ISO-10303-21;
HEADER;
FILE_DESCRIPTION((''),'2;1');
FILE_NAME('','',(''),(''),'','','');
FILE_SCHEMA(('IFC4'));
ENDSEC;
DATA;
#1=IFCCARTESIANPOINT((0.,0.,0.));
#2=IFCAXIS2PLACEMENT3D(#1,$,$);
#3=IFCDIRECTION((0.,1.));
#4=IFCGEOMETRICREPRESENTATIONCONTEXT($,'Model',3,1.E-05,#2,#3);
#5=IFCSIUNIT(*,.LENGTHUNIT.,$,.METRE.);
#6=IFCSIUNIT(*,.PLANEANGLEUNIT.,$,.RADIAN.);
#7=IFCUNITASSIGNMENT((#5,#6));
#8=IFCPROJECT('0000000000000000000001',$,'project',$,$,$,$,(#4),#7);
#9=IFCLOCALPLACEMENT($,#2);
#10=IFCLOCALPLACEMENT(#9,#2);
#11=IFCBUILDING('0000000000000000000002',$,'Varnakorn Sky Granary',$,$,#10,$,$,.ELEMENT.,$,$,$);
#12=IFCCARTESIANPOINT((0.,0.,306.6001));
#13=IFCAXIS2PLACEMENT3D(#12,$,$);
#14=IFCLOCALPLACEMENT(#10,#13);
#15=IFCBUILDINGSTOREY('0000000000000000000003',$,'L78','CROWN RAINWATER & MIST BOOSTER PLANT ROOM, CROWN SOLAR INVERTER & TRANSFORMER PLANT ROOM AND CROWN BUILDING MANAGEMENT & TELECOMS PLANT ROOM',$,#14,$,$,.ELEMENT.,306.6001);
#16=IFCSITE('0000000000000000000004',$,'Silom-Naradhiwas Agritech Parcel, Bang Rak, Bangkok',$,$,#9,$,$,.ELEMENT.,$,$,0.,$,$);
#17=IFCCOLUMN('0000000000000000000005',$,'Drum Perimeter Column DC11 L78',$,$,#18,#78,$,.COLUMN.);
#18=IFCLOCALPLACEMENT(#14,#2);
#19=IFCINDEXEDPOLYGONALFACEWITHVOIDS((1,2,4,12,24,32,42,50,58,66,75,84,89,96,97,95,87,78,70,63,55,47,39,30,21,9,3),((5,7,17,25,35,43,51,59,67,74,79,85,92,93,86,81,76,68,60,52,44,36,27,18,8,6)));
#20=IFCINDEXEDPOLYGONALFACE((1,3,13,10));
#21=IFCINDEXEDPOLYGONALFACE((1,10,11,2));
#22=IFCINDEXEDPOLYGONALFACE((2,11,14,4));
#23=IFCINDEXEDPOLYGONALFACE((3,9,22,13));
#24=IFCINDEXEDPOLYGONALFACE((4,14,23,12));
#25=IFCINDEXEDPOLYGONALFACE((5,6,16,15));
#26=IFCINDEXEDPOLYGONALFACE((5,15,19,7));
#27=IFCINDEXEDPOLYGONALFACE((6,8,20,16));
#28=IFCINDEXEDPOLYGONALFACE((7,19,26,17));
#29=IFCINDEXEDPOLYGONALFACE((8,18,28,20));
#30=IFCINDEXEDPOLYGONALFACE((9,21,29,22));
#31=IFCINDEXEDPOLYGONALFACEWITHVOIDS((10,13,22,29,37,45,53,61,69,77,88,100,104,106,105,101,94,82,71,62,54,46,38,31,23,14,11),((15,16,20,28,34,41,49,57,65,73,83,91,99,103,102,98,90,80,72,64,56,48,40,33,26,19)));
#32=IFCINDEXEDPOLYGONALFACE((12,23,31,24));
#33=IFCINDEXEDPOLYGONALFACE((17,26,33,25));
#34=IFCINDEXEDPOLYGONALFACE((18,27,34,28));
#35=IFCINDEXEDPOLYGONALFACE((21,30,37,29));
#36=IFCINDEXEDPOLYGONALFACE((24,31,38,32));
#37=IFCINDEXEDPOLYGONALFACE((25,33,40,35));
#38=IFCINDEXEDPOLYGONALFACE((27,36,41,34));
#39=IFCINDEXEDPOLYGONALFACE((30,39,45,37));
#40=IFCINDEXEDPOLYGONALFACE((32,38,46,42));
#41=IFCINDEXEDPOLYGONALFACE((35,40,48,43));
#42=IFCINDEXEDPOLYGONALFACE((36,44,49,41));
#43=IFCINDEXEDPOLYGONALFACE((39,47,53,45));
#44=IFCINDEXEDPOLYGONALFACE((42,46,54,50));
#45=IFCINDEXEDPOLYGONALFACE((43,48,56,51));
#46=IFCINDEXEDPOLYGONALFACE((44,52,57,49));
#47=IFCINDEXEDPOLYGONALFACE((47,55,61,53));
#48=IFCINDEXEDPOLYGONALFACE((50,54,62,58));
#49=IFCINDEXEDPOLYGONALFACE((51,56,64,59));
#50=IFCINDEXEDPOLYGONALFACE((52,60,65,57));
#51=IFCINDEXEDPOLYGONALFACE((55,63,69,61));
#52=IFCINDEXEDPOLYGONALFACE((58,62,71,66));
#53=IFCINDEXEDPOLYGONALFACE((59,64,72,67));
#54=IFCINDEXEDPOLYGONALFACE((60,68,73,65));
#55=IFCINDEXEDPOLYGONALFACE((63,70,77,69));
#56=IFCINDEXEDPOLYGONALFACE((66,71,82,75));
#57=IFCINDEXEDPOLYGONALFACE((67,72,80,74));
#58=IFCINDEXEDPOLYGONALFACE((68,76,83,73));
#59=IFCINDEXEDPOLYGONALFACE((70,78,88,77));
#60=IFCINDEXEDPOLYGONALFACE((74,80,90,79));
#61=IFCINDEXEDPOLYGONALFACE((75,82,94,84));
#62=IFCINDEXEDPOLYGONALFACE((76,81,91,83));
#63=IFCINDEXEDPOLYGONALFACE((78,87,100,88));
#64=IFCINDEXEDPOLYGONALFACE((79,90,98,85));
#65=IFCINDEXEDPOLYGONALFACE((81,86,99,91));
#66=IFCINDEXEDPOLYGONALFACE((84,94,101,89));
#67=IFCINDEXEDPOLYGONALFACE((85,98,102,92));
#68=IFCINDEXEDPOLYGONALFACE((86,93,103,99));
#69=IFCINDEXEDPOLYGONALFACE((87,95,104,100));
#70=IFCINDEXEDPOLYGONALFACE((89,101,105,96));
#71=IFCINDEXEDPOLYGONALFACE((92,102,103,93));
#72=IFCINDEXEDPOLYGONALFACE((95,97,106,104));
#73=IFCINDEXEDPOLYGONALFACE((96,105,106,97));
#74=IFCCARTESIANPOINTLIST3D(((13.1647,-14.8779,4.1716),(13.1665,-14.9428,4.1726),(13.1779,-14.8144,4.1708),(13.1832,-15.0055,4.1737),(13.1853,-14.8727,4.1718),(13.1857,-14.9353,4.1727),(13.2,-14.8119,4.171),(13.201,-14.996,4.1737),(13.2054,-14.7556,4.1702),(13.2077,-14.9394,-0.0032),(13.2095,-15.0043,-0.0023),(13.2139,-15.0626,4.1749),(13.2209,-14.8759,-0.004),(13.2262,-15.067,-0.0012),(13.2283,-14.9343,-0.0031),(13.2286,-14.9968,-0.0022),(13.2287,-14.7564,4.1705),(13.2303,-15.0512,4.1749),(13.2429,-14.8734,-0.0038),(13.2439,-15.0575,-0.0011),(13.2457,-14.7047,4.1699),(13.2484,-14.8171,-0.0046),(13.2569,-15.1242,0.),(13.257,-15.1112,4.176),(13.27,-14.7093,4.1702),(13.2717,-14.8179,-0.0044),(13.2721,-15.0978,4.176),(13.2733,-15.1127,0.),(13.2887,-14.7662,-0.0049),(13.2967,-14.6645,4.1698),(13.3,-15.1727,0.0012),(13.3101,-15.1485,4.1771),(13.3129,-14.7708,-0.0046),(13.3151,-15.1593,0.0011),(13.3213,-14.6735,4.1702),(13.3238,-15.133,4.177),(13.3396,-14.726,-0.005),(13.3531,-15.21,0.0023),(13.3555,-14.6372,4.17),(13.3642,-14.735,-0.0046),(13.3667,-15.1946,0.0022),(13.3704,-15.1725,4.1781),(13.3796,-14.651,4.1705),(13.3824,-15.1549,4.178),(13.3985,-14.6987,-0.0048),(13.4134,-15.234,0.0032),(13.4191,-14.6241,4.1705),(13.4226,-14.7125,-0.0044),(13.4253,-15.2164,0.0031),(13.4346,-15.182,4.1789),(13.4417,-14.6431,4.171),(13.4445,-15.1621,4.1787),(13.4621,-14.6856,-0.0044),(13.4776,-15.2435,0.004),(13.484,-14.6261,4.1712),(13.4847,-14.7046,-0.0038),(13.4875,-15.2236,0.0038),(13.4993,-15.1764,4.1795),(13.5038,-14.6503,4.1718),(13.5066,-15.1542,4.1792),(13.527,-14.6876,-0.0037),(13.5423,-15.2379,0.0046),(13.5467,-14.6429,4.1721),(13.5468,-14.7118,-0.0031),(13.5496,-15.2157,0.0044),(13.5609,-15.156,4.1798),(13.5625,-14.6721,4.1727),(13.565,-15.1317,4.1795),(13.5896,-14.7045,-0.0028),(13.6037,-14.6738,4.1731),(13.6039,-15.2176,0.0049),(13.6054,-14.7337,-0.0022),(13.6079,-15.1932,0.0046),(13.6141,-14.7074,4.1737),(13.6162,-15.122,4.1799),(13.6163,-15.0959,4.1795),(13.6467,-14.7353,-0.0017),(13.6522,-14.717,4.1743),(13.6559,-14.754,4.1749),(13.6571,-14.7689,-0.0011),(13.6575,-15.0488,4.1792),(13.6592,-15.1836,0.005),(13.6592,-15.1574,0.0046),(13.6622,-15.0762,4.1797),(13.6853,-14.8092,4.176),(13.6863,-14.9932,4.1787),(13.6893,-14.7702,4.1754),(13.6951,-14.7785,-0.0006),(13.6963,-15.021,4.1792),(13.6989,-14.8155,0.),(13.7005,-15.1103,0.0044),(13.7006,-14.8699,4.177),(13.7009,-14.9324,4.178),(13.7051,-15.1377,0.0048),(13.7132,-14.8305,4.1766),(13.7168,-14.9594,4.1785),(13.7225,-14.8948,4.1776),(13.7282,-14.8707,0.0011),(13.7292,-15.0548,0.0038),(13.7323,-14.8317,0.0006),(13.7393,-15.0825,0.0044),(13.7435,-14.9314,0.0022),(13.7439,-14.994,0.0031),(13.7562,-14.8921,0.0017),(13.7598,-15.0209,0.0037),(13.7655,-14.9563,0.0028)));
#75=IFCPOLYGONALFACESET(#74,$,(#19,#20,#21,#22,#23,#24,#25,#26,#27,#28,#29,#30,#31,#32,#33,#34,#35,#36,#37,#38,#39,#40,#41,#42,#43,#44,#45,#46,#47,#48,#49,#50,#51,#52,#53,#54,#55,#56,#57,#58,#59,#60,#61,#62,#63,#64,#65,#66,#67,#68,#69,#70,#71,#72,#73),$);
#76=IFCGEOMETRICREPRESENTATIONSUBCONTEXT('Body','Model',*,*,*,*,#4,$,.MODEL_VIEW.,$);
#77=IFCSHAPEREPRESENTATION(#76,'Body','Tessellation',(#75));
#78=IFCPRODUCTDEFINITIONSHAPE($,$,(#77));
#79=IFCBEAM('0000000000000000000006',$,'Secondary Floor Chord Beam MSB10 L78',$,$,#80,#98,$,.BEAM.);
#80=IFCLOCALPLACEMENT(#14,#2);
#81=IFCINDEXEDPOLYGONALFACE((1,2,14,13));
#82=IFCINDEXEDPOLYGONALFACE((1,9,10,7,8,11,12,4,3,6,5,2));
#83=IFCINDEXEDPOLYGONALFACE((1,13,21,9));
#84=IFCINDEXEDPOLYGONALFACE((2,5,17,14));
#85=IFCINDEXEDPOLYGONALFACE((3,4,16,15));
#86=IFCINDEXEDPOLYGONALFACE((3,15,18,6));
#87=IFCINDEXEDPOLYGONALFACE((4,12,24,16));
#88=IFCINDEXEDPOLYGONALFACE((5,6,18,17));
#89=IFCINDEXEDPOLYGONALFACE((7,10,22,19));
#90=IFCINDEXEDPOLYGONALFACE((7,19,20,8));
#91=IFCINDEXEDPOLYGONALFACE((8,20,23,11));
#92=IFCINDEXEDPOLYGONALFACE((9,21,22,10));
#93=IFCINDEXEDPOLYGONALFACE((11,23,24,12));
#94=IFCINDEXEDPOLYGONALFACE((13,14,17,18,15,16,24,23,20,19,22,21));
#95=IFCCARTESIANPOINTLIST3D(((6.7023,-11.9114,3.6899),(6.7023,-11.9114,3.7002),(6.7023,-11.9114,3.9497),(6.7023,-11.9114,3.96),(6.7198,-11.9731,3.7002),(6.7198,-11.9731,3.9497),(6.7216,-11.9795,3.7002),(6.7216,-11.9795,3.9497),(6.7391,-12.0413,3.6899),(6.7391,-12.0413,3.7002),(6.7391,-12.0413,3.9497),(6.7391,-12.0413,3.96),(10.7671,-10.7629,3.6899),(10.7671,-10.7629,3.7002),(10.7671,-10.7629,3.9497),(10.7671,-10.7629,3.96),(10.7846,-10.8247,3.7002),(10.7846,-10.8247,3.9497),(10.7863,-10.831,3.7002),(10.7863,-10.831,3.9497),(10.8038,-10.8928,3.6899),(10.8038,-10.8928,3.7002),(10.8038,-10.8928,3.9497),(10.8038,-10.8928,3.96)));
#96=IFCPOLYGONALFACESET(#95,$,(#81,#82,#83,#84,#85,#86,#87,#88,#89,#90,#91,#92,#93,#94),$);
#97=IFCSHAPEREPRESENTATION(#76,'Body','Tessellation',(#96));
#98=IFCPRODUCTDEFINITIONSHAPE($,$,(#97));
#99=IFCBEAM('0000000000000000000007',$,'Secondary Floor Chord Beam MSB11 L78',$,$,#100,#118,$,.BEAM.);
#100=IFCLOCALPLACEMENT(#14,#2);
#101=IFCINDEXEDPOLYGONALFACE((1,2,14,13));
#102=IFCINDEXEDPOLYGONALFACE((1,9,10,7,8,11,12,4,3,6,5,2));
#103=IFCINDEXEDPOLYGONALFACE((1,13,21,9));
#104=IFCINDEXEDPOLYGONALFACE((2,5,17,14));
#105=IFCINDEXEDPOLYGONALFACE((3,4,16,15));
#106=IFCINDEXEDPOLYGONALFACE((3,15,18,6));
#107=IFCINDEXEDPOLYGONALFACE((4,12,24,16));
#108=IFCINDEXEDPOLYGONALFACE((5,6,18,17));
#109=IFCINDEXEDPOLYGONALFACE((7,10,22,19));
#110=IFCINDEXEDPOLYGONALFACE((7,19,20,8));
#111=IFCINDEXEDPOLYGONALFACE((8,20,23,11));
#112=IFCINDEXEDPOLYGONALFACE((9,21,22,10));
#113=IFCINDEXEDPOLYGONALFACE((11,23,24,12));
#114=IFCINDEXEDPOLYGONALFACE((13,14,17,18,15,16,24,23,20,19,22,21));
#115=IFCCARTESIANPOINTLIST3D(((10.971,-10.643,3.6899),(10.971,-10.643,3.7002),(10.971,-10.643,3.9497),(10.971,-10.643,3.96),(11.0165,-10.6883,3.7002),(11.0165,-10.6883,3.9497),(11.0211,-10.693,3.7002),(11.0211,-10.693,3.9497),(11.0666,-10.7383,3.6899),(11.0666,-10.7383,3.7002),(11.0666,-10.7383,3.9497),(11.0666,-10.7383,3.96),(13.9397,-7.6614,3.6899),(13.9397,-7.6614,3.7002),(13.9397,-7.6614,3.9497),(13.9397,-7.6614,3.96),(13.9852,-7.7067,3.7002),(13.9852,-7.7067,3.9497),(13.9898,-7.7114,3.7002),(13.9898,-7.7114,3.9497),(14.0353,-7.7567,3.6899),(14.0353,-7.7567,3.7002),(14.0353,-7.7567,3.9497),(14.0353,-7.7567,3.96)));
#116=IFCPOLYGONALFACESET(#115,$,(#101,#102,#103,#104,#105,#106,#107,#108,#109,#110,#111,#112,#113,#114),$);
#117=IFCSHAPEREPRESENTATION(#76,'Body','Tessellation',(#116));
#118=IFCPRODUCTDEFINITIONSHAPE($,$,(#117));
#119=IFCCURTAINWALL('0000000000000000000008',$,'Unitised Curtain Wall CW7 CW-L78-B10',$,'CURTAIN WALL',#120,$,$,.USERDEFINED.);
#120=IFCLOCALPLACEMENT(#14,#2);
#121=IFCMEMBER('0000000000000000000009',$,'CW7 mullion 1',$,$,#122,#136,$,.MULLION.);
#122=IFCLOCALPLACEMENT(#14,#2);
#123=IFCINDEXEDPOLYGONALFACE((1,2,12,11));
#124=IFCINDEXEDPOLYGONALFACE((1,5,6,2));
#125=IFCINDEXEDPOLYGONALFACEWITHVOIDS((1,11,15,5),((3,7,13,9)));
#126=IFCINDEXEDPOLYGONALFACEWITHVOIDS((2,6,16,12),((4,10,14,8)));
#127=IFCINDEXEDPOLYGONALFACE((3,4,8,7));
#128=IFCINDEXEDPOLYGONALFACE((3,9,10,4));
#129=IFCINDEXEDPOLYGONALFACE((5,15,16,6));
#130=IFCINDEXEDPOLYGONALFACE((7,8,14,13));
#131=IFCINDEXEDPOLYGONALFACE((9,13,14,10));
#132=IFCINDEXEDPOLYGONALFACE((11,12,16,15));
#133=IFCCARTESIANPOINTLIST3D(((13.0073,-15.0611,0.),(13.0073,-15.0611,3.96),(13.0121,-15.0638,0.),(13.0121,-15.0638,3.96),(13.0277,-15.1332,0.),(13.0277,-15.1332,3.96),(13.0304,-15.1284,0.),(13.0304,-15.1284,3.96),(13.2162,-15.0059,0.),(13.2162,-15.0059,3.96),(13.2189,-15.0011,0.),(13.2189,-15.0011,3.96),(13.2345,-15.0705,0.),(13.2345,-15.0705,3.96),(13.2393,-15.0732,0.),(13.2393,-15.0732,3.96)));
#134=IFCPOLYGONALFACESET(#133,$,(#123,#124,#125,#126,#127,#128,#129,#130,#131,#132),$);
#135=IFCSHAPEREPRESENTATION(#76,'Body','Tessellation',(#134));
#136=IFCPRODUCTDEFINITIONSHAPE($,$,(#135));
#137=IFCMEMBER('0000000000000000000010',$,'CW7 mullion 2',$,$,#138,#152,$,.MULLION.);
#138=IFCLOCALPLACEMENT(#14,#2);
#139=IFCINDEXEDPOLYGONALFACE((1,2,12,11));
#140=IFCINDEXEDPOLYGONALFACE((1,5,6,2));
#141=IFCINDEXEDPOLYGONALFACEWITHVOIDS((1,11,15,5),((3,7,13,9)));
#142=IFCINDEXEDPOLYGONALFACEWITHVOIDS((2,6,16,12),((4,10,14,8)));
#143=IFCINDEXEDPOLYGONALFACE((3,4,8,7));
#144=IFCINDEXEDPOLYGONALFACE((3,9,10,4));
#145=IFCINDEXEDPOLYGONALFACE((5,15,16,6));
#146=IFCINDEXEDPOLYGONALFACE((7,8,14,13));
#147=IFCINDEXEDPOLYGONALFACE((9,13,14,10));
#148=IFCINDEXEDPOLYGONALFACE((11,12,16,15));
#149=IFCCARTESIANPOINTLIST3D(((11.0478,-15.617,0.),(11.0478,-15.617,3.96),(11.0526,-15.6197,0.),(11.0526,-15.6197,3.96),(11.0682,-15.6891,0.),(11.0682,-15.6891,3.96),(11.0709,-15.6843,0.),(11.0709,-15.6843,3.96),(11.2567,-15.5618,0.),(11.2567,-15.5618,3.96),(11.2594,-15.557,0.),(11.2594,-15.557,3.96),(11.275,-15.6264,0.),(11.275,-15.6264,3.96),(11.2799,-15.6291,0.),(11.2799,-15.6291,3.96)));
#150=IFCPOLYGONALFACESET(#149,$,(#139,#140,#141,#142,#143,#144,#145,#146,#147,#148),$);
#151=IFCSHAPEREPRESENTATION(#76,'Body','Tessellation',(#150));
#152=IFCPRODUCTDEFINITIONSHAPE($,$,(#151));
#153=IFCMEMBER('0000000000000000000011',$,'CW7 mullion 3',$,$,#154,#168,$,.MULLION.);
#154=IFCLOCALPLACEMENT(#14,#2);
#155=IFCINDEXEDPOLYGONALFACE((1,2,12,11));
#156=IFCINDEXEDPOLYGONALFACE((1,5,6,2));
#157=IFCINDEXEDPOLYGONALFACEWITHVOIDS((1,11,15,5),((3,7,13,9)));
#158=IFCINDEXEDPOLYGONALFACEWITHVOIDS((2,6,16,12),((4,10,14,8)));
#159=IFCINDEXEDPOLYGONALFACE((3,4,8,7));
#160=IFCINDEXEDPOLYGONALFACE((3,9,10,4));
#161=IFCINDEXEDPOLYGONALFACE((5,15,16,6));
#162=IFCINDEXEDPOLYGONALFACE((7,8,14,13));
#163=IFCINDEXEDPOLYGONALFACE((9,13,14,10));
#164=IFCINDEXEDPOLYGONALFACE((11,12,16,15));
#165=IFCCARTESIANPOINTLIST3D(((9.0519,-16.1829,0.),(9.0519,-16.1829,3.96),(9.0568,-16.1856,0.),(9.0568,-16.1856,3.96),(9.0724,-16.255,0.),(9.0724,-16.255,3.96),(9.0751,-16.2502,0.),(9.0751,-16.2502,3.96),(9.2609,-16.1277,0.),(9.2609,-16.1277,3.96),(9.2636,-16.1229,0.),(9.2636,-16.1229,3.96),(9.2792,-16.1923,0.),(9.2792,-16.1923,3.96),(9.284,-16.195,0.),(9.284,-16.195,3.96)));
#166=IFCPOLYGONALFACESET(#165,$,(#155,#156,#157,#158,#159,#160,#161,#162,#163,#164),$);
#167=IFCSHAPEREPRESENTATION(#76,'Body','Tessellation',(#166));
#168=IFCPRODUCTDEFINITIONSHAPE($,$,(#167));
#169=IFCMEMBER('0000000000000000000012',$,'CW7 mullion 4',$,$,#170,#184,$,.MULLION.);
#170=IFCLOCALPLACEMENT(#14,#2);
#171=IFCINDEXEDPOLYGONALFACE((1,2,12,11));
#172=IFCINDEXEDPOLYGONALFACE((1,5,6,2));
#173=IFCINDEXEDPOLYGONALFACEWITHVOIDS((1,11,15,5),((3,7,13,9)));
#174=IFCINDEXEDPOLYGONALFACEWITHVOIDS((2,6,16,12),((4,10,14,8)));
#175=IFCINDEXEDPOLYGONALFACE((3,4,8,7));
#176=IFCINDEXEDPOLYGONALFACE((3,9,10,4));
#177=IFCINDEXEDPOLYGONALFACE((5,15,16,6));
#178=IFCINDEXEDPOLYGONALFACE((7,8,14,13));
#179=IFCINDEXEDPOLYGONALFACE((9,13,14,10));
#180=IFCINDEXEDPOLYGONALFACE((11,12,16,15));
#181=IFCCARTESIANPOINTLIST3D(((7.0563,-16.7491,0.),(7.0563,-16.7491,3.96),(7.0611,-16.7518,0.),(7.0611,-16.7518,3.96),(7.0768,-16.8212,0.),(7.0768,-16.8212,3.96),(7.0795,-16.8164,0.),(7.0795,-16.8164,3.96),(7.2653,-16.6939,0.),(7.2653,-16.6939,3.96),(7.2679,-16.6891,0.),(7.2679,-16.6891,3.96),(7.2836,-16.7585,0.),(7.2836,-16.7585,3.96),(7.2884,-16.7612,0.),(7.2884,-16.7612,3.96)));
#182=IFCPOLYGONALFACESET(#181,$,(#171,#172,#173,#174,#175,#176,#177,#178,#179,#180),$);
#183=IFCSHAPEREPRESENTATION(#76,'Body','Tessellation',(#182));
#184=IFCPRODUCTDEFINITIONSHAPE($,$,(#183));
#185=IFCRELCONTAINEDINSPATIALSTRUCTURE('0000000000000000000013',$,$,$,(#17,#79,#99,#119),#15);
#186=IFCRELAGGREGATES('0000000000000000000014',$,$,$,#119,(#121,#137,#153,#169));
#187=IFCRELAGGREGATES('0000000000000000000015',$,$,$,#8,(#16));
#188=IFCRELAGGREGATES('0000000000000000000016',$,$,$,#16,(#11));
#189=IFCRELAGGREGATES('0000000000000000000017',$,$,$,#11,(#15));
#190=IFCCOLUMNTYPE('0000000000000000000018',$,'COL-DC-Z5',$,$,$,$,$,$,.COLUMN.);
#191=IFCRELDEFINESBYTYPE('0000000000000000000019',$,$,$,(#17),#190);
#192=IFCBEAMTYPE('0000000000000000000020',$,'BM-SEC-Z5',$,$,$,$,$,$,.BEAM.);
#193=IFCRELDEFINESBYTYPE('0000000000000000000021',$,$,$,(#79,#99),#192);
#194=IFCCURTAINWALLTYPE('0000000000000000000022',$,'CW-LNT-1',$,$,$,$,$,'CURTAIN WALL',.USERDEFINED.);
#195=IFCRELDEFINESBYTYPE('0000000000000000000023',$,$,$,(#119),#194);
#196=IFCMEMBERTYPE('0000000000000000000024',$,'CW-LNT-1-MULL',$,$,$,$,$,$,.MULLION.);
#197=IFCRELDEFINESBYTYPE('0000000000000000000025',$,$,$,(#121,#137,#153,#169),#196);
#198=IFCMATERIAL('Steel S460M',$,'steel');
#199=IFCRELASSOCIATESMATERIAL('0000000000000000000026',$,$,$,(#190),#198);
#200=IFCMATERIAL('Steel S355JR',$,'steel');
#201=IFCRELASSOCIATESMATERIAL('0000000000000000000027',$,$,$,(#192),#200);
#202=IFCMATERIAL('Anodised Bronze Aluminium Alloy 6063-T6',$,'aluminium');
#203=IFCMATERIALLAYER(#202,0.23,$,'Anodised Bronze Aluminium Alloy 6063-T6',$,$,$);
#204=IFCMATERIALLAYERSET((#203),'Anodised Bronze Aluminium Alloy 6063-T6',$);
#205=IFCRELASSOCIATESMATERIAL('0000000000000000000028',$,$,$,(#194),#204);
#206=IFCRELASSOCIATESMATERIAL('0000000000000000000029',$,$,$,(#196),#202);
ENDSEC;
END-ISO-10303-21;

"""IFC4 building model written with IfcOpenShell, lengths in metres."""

from ifc_helpers import new_model, si_unit, direction, frame, origin, origin_2d, place, context, subcontext, project, spatial, hollow_rectangle, hollow_circle, i_section, extrude, material, layer, layer_set, material_profile, profile_set, type_object, element, aggregate, save


model = new_model("IFC4")

# Units and contexts
model_context = context("Model", 3, precision=1e-05, world=origin(), true_north=direction((0.0, 1.0)))
body_context = subcontext(model_context, "Body", "Model", "MODEL_VIEW")
ifc_project = project(units=[si_unit("LENGTHUNIT", "METRE"), si_unit("PLANEANGLEUNIT", "RADIAN")], contexts=[model_context])

# Site, building, storey
site_placement = place(None, origin())
site = spatial("IfcSite", under=ifc_project, at=site_placement, Name="Silom-Naradhiwas Agritech Parcel, Bang Rak, Bangkok", CompositionType="ELEMENT", RefElevation=0.0)
building_placement = place(site_placement, origin())
building = spatial("IfcBuilding", under=site, at=building_placement, Name="Varnakorn Sky Granary", CompositionType="ELEMENT")
storey_placement = place(building_placement, frame((0.0, 0.0, 306.6001)))
storey = spatial("IfcBuildingStorey", under=building, at=storey_placement, Name="L78", Description="CROWN RAINWATER & MIST BOOSTER PLANT ROOM, CROWN SOLAR INVERTER & TRANSFORMER PLANT ROOM AND CROWN BUILDING MANAGEMENT & TELECOMS PLANT ROOM", CompositionType="ELEMENT", Elevation=306.6001)

# Column
ifc_material_1 = material(Name="Steel S460M", Category="steel")
ifc_material_profile_1 = material_profile(ifc_material_1, hollow_circle(Radius=0.2795, WallThickness=0.02, at=origin_2d()), Name="CHS 559x20")
ifc_profile_set_1 = profile_set([ifc_material_profile_1], Name="Steel S460M")
column_type = type_object("IfcColumnType", Name="COL-DC-Z5", PredefinedType="COLUMN", material=ifc_profile_set_1)
column_placement = place(storey_placement, frame((13.4861, -14.9641, 0.0), z_axis=(-0.010291, 0.014734, 0.999838), x_axis=(-0.819843, -0.572589, 0.0)))
element("IfcColumn", 1, at=column_placement, inside=storey, type_object=column_type, Name="Drum Perimeter Column DC11 L78", PredefinedType="COLUMN", context=body_context, shape_type="SweptSolid", body=[
    extrude(hollow_circle(Radius=0.2795, WallThickness=0.02, at=origin_2d()), origin(), (0.0, 0.0, 1.0), 4.1755),
])

# Beams
ifc_material_2 = material(Name="Steel S355JR", Category="steel")
ifc_material_profile_2 = material_profile(ifc_material_2, i_section(OverallWidth=0.135, OverallDepth=0.27, WebThickness=0.0066, FlangeThickness=0.0103, at=origin_2d()), Name="IPE 270")
ifc_profile_set_2 = profile_set([ifc_material_profile_2], Name="Steel S355JR")
beam_type = type_object("IfcBeamType", Name="BM-SEC-Z5", PredefinedType="BEAM", material=ifc_profile_set_2)
beam_1_placement = place(storey_placement, frame((6.7207, -11.9763, 3.825), z_axis=(0.962327, 0.271895, 0.0), x_axis=(-0.271895, 0.962327, 0.0)))
element("IfcBeam", 2, at=beam_1_placement, inside=storey, type_object=beam_type, Name="Secondary Floor Chord Beam MSB10 L78", PredefinedType="BEAM", context=body_context, shape_type="SweptSolid", body=[
    extrude(i_section(OverallWidth=0.135, OverallDepth=0.27, WebThickness=0.0066, FlangeThickness=0.0103, at=origin_2d()), origin(), (0.0, 0.0, 1.0), 4.2239),
])
beam_2_placement = place(storey_placement, frame((11.0188, -10.6907, 3.825), z_axis=(0.705567, 0.708643, 0.0), x_axis=(-0.708643, 0.705567, 0.0)))
element("IfcBeam", 3, at=beam_2_placement, inside=storey, type_object=beam_type, Name="Secondary Floor Chord Beam MSB11 L78", PredefinedType="BEAM", context=body_context, shape_type="SweptSolid", body=[
    extrude(i_section(OverallWidth=0.135, OverallDepth=0.27, WebThickness=0.0066, FlangeThickness=0.0103, at=origin_2d()), origin(), (0.0, 0.0, 1.0), 4.2075),
])

# Curtain wall, members
ifc_material_3 = material(Name="Anodised Bronze Aluminium Alloy 6063-T6", Category="aluminium")
ifc_layer_1 = layer(ifc_material_3, 0.23, Name="Anodised Bronze Aluminium Alloy 6063-T6")
ifc_layer_set_1 = layer_set([ifc_layer_1], Name="Anodised Bronze Aluminium Alloy 6063-T6")
curtain_wall_type = type_object("IfcCurtainWallType", Name="CW-LNT-1", ElementType="CURTAIN WALL", PredefinedType="USERDEFINED", material=ifc_layer_set_1)
curtain_wall_placement = place(storey_placement, origin())
curtain_wall = element("IfcCurtainWall", 4, at=curtain_wall_placement, inside=storey, type_object=curtain_wall_type, Name="Unitised Curtain Wall CW7 CW-L78-B10", ObjectType="CURTAIN WALL", PredefinedType="USERDEFINED")
ifc_material_profile_3 = material_profile(ifc_material_3, hollow_rectangle(XDim=0.075, YDim=0.22, WallThickness=0.0039, at=origin_2d()), Name="ALU MULL 75x220")
ifc_profile_set_3 = profile_set([ifc_material_profile_3], Name="Anodised Bronze Aluminium Alloy 6063-T6")
member_type_1 = type_object("IfcMemberType", Name="CW-LNT-1-MULL", PredefinedType="MULLION", material=ifc_profile_set_3)
member_1_placement = place(storey_placement, frame((13.1233, -15.0671, 0.0), z_axis=(0.0, 0.0, 1.0), x_axis=(0.272905, -0.962041, 0.0)))
member_1 = element("IfcMember", 5, at=member_1_placement, type_object=member_type_1, Name="CW7 mullion 1", PredefinedType="MULLION", context=body_context, shape_type="SweptSolid", body=[
    extrude(hollow_rectangle(XDim=0.075, YDim=0.22, WallThickness=0.0039, at=origin_2d()), origin(), (0.0, 0.0, 1.0), 3.96),
])
member_2_placement = place(storey_placement, frame((11.1638, -15.623, 0.0), z_axis=(0.0, 0.0, 1.0), x_axis=(0.272905, -0.962041, 0.0)))
member_2 = element("IfcMember", 6, at=member_2_placement, type_object=member_type_1, Name="CW7 mullion 2", PredefinedType="MULLION", context=body_context, shape_type="SweptSolid", body=[
    extrude(hollow_rectangle(XDim=0.075, YDim=0.22, WallThickness=0.0039, at=origin_2d()), origin(), (0.0, 0.0, 1.0), 3.96),
])
member_3_placement = place(storey_placement, frame((9.168, -16.189, 0.0), z_axis=(0.0, 0.0, 1.0), x_axis=(0.272905, -0.962041, 0.0)))
member_3 = element("IfcMember", 7, at=member_3_placement, type_object=member_type_1, Name="CW7 mullion 3", PredefinedType="MULLION", context=body_context, shape_type="SweptSolid", body=[
    extrude(hollow_rectangle(XDim=0.075, YDim=0.22, WallThickness=0.0039, at=origin_2d()), origin(), (0.0, 0.0, 1.0), 3.96),
])
member_4_placement = place(storey_placement, frame((7.1724, -16.7551, 0.0), z_axis=(0.0, 0.0, 1.0), x_axis=(0.272905, -0.962041, 0.0)))
member_4 = element("IfcMember", 8, at=member_4_placement, type_object=member_type_1, Name="CW7 mullion 4", PredefinedType="MULLION", context=body_context, shape_type="SweptSolid", body=[
    extrude(hollow_rectangle(XDim=0.075, YDim=0.22, WallThickness=0.0039, at=origin_2d()), origin(), (0.0, 0.0, 1.0), 3.96),
])

aggregate(curtain_wall, [member_1, member_2, member_3, member_4])

save(model, "model.ifc")
